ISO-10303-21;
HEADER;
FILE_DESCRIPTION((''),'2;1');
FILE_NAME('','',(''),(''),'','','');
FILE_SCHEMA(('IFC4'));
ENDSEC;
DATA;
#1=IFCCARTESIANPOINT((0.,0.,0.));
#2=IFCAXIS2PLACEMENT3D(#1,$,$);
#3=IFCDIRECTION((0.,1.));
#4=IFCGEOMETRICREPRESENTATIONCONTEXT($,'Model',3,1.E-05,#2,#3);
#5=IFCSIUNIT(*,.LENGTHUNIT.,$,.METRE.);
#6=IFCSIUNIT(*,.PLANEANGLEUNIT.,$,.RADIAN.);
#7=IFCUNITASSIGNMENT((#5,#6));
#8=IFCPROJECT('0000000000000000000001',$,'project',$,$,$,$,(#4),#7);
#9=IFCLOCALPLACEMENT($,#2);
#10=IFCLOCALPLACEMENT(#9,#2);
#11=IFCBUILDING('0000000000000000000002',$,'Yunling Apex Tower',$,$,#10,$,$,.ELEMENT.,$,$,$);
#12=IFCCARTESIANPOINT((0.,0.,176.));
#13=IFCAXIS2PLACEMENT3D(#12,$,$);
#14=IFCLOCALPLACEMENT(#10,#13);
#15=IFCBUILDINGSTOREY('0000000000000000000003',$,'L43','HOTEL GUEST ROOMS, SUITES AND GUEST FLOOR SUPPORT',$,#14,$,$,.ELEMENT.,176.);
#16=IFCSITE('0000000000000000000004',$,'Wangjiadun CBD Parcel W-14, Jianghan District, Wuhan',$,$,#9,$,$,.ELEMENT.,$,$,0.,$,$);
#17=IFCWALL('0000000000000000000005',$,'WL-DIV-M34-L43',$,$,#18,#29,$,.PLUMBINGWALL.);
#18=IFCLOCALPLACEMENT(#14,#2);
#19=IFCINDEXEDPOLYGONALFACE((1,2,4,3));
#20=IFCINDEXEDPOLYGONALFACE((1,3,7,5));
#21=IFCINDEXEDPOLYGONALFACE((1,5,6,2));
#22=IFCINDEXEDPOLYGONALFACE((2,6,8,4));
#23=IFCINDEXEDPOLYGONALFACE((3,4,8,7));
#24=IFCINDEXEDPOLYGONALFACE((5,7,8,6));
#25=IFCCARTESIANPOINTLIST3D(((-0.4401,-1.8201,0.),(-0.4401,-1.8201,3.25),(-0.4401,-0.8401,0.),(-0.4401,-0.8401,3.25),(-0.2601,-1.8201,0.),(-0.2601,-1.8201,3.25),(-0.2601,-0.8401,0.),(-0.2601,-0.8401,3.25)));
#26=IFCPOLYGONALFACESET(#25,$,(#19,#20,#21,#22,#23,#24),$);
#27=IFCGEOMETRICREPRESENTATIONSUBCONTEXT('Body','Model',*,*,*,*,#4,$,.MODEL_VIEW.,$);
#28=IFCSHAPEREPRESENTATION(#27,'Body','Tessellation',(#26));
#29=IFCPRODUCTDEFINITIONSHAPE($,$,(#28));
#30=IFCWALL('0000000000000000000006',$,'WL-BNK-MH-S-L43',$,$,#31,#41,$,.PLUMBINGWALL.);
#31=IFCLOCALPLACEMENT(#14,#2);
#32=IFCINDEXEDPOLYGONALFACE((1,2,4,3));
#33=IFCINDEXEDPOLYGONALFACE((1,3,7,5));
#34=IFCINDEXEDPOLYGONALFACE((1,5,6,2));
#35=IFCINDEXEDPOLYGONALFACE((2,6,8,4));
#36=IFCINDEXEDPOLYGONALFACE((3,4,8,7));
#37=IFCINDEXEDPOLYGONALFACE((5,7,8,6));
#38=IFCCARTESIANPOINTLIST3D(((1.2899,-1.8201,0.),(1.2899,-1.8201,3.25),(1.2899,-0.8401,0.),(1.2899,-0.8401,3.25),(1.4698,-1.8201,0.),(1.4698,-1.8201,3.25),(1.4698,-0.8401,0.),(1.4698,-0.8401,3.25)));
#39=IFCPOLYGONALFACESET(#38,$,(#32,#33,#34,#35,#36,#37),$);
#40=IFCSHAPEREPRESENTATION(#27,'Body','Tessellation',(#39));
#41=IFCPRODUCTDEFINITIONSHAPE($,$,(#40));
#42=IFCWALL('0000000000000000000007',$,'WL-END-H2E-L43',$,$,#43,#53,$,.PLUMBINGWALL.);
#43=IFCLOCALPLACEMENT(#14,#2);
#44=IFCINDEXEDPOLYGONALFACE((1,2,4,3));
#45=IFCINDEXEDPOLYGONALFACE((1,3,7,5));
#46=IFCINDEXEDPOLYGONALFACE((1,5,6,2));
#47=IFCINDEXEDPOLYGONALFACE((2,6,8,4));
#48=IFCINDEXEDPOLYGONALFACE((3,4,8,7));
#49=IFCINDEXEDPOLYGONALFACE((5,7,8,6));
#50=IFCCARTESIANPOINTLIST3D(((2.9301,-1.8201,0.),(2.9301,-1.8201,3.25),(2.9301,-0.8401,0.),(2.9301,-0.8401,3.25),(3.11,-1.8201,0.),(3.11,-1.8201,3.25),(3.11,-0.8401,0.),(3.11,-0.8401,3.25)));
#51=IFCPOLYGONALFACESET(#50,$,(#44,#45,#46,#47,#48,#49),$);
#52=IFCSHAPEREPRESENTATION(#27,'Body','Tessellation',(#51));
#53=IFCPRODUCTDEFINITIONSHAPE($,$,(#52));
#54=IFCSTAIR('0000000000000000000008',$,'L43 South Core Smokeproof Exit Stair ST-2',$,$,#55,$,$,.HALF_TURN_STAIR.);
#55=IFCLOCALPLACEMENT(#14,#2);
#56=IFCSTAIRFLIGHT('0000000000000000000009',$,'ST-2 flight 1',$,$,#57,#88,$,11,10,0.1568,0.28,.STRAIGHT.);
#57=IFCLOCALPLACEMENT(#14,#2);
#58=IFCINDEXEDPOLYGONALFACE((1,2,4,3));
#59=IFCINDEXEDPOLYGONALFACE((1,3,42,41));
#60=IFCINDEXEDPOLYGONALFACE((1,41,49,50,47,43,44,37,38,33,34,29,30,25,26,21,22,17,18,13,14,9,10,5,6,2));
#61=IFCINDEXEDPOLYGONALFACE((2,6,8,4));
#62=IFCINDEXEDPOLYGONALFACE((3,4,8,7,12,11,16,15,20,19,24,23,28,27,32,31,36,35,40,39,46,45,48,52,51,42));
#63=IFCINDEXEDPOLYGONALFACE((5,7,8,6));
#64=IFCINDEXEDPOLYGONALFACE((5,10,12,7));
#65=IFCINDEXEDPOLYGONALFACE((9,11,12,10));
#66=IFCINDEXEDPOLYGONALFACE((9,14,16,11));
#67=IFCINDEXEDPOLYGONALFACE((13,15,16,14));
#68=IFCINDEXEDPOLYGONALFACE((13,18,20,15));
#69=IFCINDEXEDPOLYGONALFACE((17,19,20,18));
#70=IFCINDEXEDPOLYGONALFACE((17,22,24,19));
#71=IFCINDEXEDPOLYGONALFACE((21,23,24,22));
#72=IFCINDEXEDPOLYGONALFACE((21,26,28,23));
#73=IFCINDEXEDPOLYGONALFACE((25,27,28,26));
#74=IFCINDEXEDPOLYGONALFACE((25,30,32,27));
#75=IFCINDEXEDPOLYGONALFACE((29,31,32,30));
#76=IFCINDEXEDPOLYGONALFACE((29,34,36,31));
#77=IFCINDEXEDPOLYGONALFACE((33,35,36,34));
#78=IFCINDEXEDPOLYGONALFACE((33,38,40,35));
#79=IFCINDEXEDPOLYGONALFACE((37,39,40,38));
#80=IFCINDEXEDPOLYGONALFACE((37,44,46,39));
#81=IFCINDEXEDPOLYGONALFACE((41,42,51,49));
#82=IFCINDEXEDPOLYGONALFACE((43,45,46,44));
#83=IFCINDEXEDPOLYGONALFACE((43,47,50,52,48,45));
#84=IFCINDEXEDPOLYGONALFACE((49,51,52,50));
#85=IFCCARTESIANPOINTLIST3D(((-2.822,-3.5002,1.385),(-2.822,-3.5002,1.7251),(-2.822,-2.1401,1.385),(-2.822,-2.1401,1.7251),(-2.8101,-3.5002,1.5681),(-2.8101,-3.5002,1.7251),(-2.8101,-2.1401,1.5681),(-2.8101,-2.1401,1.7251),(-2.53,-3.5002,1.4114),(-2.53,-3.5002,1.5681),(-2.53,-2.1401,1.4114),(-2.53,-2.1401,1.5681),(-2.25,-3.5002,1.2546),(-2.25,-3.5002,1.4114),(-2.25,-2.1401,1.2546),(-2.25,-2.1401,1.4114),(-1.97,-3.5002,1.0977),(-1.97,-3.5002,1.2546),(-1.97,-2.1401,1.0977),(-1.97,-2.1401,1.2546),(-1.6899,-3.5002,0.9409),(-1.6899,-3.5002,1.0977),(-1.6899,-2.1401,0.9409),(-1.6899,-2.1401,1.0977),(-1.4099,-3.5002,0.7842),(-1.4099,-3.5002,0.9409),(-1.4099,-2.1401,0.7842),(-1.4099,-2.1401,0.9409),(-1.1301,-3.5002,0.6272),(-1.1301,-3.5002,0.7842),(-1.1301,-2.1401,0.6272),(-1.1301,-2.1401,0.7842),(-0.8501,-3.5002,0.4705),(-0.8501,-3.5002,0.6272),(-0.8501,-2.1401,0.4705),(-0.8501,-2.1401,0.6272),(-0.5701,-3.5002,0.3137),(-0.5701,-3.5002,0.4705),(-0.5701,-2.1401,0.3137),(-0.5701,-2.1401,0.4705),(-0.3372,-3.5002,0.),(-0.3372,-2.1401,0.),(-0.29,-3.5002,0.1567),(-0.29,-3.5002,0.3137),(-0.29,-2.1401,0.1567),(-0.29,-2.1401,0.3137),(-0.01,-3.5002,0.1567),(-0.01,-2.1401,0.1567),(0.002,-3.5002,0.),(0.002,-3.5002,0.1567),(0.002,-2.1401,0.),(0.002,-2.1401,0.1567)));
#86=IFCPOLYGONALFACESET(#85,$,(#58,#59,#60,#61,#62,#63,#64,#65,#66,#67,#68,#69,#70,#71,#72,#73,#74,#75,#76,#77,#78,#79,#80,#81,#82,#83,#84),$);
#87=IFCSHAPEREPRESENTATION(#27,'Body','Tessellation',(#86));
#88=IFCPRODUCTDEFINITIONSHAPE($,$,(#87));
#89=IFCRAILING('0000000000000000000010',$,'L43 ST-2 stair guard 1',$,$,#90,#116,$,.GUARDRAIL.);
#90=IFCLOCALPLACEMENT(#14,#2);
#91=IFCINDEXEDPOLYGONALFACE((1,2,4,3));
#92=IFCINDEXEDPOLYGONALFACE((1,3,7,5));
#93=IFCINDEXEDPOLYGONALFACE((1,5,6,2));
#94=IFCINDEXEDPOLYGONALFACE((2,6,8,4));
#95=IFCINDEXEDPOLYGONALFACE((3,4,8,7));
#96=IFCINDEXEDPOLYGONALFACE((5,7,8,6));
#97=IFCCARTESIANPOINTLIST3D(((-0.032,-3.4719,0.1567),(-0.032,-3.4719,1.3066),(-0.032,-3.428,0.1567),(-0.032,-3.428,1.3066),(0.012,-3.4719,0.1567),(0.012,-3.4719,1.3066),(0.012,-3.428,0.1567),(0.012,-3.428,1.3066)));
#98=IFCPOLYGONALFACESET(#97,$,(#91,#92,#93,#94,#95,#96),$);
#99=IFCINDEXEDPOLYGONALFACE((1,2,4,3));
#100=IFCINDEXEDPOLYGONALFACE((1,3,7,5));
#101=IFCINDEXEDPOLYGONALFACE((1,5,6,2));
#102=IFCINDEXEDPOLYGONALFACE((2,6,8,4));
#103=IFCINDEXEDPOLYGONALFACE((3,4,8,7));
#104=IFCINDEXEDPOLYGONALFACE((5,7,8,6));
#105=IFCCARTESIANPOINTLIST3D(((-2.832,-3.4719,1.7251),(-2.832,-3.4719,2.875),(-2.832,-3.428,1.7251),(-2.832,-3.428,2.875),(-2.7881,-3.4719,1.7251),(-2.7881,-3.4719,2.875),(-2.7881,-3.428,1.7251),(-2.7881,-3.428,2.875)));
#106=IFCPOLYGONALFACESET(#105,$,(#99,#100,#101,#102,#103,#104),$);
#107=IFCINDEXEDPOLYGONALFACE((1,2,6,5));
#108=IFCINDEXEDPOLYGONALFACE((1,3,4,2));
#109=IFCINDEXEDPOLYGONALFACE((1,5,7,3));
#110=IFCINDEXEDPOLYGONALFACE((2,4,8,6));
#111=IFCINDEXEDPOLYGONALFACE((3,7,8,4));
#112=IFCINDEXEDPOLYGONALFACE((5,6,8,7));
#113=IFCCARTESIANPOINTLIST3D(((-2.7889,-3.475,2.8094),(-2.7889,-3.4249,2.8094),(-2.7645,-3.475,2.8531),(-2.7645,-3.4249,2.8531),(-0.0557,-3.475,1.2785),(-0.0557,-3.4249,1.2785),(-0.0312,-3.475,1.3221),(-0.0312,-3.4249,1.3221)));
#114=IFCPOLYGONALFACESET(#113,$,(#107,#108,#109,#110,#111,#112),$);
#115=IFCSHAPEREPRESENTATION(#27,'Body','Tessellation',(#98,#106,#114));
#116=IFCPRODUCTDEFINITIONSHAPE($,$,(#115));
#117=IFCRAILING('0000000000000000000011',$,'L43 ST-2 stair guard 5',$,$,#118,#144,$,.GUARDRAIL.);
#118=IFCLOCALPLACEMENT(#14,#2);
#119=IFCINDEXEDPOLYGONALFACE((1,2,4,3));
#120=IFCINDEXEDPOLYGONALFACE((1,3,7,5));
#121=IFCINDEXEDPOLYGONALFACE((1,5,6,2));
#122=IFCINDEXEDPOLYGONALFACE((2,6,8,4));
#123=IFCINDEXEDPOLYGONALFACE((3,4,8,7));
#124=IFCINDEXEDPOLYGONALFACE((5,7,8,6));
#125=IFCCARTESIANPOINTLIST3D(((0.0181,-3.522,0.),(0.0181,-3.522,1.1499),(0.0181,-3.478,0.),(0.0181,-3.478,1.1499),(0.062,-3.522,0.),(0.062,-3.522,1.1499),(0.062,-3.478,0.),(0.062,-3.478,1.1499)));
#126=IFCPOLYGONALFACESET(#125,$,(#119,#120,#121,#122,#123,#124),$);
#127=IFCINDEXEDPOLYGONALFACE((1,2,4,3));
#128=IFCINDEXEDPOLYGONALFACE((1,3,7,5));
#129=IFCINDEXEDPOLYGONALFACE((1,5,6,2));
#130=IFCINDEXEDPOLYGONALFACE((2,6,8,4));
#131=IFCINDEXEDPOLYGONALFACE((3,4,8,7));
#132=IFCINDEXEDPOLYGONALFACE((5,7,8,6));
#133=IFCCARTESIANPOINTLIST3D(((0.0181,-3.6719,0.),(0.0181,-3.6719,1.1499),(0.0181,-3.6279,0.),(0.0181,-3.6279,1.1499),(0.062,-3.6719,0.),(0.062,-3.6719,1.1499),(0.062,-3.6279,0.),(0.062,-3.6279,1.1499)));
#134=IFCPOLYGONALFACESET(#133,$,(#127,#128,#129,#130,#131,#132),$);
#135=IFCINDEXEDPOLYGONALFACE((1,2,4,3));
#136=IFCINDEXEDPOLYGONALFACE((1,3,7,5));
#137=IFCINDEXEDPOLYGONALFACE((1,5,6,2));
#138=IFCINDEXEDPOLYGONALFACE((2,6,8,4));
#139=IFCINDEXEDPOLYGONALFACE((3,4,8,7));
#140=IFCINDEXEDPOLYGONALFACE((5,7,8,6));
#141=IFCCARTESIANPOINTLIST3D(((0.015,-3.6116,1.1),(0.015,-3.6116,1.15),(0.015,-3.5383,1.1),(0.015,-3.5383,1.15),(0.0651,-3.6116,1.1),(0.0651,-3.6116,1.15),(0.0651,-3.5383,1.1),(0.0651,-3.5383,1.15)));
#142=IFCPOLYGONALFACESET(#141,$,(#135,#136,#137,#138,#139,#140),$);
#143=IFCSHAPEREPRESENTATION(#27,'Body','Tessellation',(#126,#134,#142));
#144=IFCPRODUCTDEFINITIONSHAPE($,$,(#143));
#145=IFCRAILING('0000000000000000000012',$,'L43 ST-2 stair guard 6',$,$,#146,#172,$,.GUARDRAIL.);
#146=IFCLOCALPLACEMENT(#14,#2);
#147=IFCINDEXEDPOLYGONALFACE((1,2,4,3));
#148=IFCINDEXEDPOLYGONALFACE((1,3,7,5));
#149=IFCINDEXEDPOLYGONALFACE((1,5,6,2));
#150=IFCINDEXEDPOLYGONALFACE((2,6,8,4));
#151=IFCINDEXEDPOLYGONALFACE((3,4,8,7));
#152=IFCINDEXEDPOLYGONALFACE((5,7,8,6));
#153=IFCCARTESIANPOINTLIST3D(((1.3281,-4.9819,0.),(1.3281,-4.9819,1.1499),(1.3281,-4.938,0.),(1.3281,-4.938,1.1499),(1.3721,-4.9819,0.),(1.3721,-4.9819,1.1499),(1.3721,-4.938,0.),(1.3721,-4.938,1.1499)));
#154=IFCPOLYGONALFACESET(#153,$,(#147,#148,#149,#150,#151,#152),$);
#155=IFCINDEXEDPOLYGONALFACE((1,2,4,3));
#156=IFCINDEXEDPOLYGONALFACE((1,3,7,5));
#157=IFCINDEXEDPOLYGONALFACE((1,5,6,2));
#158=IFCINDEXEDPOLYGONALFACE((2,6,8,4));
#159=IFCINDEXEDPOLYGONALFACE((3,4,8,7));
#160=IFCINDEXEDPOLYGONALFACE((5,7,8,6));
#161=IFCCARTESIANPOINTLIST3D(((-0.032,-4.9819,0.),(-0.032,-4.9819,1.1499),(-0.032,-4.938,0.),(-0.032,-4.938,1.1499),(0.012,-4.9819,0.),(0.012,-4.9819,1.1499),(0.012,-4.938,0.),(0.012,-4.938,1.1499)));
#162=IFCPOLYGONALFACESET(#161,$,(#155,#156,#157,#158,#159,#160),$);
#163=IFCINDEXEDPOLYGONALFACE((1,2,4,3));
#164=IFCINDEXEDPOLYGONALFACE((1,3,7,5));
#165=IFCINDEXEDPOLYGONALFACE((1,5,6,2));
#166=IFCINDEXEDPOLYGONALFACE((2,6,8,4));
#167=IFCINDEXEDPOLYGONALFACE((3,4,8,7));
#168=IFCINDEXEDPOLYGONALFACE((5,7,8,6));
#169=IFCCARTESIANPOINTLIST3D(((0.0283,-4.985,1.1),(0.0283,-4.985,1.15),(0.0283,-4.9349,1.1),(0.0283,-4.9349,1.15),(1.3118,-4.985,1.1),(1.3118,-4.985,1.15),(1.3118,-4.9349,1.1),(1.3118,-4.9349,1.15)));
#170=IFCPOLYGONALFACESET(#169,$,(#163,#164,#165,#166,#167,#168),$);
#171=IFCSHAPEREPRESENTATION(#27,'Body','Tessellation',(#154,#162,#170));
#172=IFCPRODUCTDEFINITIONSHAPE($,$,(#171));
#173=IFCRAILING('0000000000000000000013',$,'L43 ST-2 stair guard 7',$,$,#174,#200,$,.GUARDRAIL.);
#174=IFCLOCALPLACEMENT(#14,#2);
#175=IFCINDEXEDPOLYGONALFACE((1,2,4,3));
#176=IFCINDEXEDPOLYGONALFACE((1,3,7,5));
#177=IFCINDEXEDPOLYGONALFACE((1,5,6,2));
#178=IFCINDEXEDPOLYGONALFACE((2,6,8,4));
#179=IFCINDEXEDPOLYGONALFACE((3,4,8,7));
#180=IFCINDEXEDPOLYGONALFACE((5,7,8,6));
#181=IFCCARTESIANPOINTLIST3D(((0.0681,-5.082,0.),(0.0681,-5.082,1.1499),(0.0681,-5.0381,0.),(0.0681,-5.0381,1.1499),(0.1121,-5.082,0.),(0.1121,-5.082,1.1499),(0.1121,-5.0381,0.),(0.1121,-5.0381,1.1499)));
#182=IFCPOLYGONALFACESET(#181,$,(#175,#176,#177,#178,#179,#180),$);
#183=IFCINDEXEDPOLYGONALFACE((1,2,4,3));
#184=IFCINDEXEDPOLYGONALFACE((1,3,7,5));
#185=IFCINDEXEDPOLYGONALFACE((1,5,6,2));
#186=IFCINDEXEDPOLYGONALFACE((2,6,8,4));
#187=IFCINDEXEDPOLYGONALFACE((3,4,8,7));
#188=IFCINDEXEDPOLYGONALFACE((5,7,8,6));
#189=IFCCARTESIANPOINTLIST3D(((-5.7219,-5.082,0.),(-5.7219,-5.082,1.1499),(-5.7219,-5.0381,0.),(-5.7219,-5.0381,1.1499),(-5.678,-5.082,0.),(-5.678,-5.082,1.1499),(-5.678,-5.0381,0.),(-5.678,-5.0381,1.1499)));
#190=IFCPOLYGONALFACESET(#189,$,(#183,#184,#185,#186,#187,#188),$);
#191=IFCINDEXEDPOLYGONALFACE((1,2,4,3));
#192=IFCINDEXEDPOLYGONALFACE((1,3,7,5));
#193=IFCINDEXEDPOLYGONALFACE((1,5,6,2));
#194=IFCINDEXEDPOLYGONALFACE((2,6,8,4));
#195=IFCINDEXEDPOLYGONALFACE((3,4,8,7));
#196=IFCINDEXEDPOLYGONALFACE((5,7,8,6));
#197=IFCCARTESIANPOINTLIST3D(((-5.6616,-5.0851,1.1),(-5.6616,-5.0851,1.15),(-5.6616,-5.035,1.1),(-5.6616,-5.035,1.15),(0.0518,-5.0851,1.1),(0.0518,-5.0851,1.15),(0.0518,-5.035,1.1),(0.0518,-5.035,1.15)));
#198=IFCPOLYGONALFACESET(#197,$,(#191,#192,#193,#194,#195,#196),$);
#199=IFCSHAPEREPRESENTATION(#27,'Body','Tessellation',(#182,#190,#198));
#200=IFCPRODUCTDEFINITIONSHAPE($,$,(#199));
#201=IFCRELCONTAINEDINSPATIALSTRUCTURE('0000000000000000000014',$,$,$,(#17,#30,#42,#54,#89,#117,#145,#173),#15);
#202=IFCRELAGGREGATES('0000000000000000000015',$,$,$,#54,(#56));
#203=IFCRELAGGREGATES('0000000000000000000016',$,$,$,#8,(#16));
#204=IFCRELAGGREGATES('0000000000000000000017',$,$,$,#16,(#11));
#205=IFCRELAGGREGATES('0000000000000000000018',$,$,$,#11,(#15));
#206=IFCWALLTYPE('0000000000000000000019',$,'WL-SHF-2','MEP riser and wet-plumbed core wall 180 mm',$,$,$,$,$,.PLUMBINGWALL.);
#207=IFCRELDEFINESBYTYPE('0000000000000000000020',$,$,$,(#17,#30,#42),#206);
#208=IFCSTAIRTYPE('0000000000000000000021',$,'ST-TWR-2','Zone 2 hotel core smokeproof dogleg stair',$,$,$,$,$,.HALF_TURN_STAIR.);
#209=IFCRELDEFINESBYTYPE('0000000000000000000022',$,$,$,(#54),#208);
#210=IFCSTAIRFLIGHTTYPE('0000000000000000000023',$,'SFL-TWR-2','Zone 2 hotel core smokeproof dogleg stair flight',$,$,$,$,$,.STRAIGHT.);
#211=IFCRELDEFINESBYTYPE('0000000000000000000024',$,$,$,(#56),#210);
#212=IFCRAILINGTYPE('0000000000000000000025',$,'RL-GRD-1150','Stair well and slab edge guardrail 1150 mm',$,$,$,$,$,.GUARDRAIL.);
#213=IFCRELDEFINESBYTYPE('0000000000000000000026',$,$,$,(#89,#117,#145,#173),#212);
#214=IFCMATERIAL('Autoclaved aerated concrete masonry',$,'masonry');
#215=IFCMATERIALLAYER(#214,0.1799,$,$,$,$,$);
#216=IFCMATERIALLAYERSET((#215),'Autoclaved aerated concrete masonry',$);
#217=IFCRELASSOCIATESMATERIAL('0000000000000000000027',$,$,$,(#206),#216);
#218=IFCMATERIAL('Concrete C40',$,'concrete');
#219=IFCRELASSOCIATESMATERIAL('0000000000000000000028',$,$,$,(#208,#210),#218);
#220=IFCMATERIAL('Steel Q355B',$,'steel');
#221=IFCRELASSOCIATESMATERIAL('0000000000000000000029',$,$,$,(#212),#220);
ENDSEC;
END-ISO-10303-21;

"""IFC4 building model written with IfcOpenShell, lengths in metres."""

from ifc_helpers import new_model, si_unit, direction, frame, frame_2d, origin, origin_2d, place, context, subcontext, project, spatial, polyline, rectangle, outline, extrude, material, layer, layer_set, type_object, element, aggregate, save


model = new_model("IFC4")

# Units and contexts
model_context = context("Model", 3, precision=1e-05, world=origin(), true_north=direction((0.0, 1.0)))
body_context = subcontext(model_context, "Body", "Model", "MODEL_VIEW")
ifc_project = project(units=[si_unit("LENGTHUNIT", "METRE"), si_unit("PLANEANGLEUNIT", "RADIAN")], contexts=[model_context])

# Site, building, storey
site_placement = place(None, origin())
site = spatial("IfcSite", under=ifc_project, at=site_placement, Name="Wangjiadun CBD Parcel W-14, Jianghan District, Wuhan", CompositionType="ELEMENT", RefElevation=0.0)
building_placement = place(site_placement, origin())
building = spatial("IfcBuilding", under=site, at=building_placement, Name="Yunling Apex Tower", CompositionType="ELEMENT")
storey_placement = place(building_placement, frame((0.0, 0.0, 176.0)))
storey = spatial("IfcBuildingStorey", under=building, at=storey_placement, Name="L43", Description="HOTEL GUEST ROOMS, SUITES AND GUEST FLOOR SUPPORT", CompositionType="ELEMENT", Elevation=176.0)

# Shared definitions
ifc_material_1 = material(Name="Concrete C40", Category="concrete")

# Shared definitions
ifc_material_2 = material(Name="Autoclaved aerated concrete masonry", Category="masonry")
ifc_material_3 = material(Name="Steel Q355B", Category="steel")

# Walls
ifc_layer_1 = layer(ifc_material_2, 0.1799)
ifc_layer_set_1 = layer_set([ifc_layer_1], Name="Autoclaved aerated concrete masonry")
wall_type_1 = type_object("IfcWallType", Name="WL-SHF-2", Description="MEP riser and wet-plumbed core wall 180 mm", PredefinedType="PLUMBINGWALL", material=ifc_layer_set_1)
for number, where, z_axis, x_axis, name in (
    (1, (-0.3501, -1.8201, 0.0), (0.0, 0.0, 1.0), (0.0, 1.0, 0.0), "WL-DIV-M34-L43"),
    (2, (1.3799, -1.8201, 0.0), (0.0, 0.0, 1.0), (0.0, 1.0, 0.0), "WL-BNK-MH-S-L43"),
    (3, (3.02, -1.8201, 0.0), (0.0, 0.0, 1.0), (0.0, 1.0, 0.0), "WL-END-H2E-L43"),
):
    element("IfcWall", number, at=place(storey_placement, frame(where, z_axis=z_axis, x_axis=x_axis)), inside=storey, type_object=wall_type_1, Name=name, PredefinedType="PLUMBINGWALL", context=body_context, shape_type="SweptSolid", body=[
        extrude(rectangle(XDim=0.98, YDim=0.1799, at=frame_2d((0.49, 0.0))), origin(), (0.0, 0.0, 1.0), 3.25),
    ])

# Stair, stair flight
stair_type = type_object("IfcStairType", Name="ST-TWR-2", Description="Zone 2 hotel core smokeproof dogleg stair", PredefinedType="HALF_TURN_STAIR", material=ifc_material_1)
stair_placement = place(storey_placement, origin())
stair = element("IfcStair", 4, at=stair_placement, inside=storey, type_object=stair_type, Name="L43 South Core Smokeproof Exit Stair ST-2", PredefinedType="HALF_TURN_STAIR")
stair_flight_type = type_object("IfcStairFlightType", Name="SFL-TWR-2", Description="Zone 2 hotel core smokeproof dogleg stair flight", PredefinedType="STRAIGHT", material=ifc_material_1)
stair_flight_placement = place(storey_placement, frame((-0.01, -2.8201, 0.0), z_axis=(0.0, 0.0, 1.0), x_axis=(-1.0, 0.0, 0.0)))
stair_flight = element("IfcStairFlight", 5, at=stair_flight_placement, type_object=stair_flight_type, Name="ST-2 flight 1", NumberOfRisers=11, NumberOfTreads=10, PredefinedType="STRAIGHT", RiserHeight=0.1568, TreadLength=0.28, context=body_context, shape_type="SweptSolid", body=[
    extrude(outline(polyline([(-0.012, 0.0), (-0.012, 0.1567), (0.0, 0.1567), (0.28, 0.1567), (0.28, 0.3137), (0.5601, 0.3137), (0.5601, 0.4705), (0.8401, 0.4705), (0.8401, 0.6272), (1.1201, 0.6272), (1.1201, 0.7842), (1.3999, 0.7842), (1.3999, 0.9409), (1.6799, 0.9409), (1.6799, 1.0977), (1.96, 1.0977), (1.96, 1.2546), (2.24, 1.2546), (2.24, 1.4114), (2.52, 1.4114), (2.52, 1.5681), (2.8, 1.5681), (2.8, 1.7251), (2.812, 1.7251), (2.812, 1.385), (0.3271, 0.0), (-0.012, 0.0)])), frame((0.0, 0.6802, 0.0), z_axis=(0.0, -1.0, 0.0), x_axis=(1.0, 0.0, 0.0)), (0.0, 0.0, 1.0), 1.3601),
])
aggregate(stair, [stair_flight])

# Railings
railing_type_1 = type_object("IfcRailingType", Name="RL-GRD-1150", Description="Stair well and slab edge guardrail 1150 mm", PredefinedType="GUARDRAIL", material=ifc_material_3)
railing_1_placement = place(storey_placement, frame((-0.01, -3.45, 0.1567)))
element("IfcRailing", 6, at=railing_1_placement, inside=storey, type_object=railing_type_1, Name="L43 ST-2 stair guard 1", PredefinedType="GUARDRAIL", context=body_context, shape_type="SweptSolid", body=[
    extrude(rectangle(XDim=0.0439, YDim=0.0439, at=origin_2d()), origin(), (0.0, 0.0, 1.0), 1.1499),
    extrude(rectangle(XDim=0.0439, YDim=0.0439, at=origin_2d()), frame((-2.8, 0.0, 1.5684)), (0.0, 0.0, 1.0), 1.1499),
    extrude(rectangle(XDim=0.05, YDim=0.05, at=origin_2d()), frame((-0.0334, 0.0, 1.1436), z_axis=(-0.872462, 0.0, 0.488682), x_axis=(0.0, -1.0, 0.0)), (0.0, 0.0, 1.0), 3.1328),
])
railing_2_placement = place(storey_placement, frame((0.04, -3.5, 0.0)))
element("IfcRailing", 7, at=railing_2_placement, inside=storey, type_object=railing_type_1, Name="L43 ST-2 stair guard 5", PredefinedType="GUARDRAIL", context=body_context, shape_type="SweptSolid", body=[
    extrude(rectangle(XDim=0.0439, YDim=0.0439, at=origin_2d()), origin(), (0.0, 0.0, 1.0), 1.1499),
    extrude(rectangle(XDim=0.0439, YDim=0.0439, at=origin_2d()), frame((0.0, -0.1499, 0.0)), (0.0, 0.0, 1.0), 1.1499),
    extrude(rectangle(XDim=0.05, YDim=0.05, at=origin_2d()), frame((0.0, -0.0383, 1.125), z_axis=(0.0, -1.0, 0.0), x_axis=(1.0, 0.0, 0.0)), (0.0, 0.0, 1.0), 0.0732),
])
railing_3_placement = place(storey_placement, frame((1.3501, -4.96, 0.0)))
element("IfcRailing", 8, at=railing_3_placement, inside=storey, type_object=railing_type_1, Name="L43 ST-2 stair guard 6", PredefinedType="GUARDRAIL", context=body_context, shape_type="SweptSolid", body=[
    extrude(rectangle(XDim=0.0439, YDim=0.0439, at=origin_2d()), origin(), (0.0, 0.0, 1.0), 1.1499),
    extrude(rectangle(XDim=0.0439, YDim=0.0439, at=origin_2d()), frame((-1.3601, 0.0, 0.0)), (0.0, 0.0, 1.0), 1.1499),
    extrude(rectangle(XDim=0.05, YDim=0.05, at=origin_2d()), frame((-0.0383, 0.0, 1.125), z_axis=(-1.0, 0.0, 0.0), x_axis=(0.0, -1.0, 0.0)), (0.0, 0.0, 1.0), 1.2834),
])
railing_4_placement = place(storey_placement, frame((0.0901, -5.0601, 0.0)))
element("IfcRailing", 9, at=railing_4_placement, inside=storey, type_object=railing_type_1, Name="L43 ST-2 stair guard 7", PredefinedType="GUARDRAIL", context=body_context, shape_type="SweptSolid", body=[
    extrude(rectangle(XDim=0.0439, YDim=0.0439, at=origin_2d()), origin(), (0.0, 0.0, 1.0), 1.1499),
    extrude(rectangle(XDim=0.0439, YDim=0.0439, at=origin_2d()), frame((-5.79, 0.0, 0.0)), (0.0, 0.0, 1.0), 1.1499),
    extrude(rectangle(XDim=0.05, YDim=0.05, at=origin_2d()), frame((-0.0383, 0.0, 1.125), z_axis=(-1.0, 0.0, 0.0), x_axis=(0.0, -1.0, 0.0)), (0.0, 0.0, 1.0), 5.7134),
])

save(model, "model.ifc")
